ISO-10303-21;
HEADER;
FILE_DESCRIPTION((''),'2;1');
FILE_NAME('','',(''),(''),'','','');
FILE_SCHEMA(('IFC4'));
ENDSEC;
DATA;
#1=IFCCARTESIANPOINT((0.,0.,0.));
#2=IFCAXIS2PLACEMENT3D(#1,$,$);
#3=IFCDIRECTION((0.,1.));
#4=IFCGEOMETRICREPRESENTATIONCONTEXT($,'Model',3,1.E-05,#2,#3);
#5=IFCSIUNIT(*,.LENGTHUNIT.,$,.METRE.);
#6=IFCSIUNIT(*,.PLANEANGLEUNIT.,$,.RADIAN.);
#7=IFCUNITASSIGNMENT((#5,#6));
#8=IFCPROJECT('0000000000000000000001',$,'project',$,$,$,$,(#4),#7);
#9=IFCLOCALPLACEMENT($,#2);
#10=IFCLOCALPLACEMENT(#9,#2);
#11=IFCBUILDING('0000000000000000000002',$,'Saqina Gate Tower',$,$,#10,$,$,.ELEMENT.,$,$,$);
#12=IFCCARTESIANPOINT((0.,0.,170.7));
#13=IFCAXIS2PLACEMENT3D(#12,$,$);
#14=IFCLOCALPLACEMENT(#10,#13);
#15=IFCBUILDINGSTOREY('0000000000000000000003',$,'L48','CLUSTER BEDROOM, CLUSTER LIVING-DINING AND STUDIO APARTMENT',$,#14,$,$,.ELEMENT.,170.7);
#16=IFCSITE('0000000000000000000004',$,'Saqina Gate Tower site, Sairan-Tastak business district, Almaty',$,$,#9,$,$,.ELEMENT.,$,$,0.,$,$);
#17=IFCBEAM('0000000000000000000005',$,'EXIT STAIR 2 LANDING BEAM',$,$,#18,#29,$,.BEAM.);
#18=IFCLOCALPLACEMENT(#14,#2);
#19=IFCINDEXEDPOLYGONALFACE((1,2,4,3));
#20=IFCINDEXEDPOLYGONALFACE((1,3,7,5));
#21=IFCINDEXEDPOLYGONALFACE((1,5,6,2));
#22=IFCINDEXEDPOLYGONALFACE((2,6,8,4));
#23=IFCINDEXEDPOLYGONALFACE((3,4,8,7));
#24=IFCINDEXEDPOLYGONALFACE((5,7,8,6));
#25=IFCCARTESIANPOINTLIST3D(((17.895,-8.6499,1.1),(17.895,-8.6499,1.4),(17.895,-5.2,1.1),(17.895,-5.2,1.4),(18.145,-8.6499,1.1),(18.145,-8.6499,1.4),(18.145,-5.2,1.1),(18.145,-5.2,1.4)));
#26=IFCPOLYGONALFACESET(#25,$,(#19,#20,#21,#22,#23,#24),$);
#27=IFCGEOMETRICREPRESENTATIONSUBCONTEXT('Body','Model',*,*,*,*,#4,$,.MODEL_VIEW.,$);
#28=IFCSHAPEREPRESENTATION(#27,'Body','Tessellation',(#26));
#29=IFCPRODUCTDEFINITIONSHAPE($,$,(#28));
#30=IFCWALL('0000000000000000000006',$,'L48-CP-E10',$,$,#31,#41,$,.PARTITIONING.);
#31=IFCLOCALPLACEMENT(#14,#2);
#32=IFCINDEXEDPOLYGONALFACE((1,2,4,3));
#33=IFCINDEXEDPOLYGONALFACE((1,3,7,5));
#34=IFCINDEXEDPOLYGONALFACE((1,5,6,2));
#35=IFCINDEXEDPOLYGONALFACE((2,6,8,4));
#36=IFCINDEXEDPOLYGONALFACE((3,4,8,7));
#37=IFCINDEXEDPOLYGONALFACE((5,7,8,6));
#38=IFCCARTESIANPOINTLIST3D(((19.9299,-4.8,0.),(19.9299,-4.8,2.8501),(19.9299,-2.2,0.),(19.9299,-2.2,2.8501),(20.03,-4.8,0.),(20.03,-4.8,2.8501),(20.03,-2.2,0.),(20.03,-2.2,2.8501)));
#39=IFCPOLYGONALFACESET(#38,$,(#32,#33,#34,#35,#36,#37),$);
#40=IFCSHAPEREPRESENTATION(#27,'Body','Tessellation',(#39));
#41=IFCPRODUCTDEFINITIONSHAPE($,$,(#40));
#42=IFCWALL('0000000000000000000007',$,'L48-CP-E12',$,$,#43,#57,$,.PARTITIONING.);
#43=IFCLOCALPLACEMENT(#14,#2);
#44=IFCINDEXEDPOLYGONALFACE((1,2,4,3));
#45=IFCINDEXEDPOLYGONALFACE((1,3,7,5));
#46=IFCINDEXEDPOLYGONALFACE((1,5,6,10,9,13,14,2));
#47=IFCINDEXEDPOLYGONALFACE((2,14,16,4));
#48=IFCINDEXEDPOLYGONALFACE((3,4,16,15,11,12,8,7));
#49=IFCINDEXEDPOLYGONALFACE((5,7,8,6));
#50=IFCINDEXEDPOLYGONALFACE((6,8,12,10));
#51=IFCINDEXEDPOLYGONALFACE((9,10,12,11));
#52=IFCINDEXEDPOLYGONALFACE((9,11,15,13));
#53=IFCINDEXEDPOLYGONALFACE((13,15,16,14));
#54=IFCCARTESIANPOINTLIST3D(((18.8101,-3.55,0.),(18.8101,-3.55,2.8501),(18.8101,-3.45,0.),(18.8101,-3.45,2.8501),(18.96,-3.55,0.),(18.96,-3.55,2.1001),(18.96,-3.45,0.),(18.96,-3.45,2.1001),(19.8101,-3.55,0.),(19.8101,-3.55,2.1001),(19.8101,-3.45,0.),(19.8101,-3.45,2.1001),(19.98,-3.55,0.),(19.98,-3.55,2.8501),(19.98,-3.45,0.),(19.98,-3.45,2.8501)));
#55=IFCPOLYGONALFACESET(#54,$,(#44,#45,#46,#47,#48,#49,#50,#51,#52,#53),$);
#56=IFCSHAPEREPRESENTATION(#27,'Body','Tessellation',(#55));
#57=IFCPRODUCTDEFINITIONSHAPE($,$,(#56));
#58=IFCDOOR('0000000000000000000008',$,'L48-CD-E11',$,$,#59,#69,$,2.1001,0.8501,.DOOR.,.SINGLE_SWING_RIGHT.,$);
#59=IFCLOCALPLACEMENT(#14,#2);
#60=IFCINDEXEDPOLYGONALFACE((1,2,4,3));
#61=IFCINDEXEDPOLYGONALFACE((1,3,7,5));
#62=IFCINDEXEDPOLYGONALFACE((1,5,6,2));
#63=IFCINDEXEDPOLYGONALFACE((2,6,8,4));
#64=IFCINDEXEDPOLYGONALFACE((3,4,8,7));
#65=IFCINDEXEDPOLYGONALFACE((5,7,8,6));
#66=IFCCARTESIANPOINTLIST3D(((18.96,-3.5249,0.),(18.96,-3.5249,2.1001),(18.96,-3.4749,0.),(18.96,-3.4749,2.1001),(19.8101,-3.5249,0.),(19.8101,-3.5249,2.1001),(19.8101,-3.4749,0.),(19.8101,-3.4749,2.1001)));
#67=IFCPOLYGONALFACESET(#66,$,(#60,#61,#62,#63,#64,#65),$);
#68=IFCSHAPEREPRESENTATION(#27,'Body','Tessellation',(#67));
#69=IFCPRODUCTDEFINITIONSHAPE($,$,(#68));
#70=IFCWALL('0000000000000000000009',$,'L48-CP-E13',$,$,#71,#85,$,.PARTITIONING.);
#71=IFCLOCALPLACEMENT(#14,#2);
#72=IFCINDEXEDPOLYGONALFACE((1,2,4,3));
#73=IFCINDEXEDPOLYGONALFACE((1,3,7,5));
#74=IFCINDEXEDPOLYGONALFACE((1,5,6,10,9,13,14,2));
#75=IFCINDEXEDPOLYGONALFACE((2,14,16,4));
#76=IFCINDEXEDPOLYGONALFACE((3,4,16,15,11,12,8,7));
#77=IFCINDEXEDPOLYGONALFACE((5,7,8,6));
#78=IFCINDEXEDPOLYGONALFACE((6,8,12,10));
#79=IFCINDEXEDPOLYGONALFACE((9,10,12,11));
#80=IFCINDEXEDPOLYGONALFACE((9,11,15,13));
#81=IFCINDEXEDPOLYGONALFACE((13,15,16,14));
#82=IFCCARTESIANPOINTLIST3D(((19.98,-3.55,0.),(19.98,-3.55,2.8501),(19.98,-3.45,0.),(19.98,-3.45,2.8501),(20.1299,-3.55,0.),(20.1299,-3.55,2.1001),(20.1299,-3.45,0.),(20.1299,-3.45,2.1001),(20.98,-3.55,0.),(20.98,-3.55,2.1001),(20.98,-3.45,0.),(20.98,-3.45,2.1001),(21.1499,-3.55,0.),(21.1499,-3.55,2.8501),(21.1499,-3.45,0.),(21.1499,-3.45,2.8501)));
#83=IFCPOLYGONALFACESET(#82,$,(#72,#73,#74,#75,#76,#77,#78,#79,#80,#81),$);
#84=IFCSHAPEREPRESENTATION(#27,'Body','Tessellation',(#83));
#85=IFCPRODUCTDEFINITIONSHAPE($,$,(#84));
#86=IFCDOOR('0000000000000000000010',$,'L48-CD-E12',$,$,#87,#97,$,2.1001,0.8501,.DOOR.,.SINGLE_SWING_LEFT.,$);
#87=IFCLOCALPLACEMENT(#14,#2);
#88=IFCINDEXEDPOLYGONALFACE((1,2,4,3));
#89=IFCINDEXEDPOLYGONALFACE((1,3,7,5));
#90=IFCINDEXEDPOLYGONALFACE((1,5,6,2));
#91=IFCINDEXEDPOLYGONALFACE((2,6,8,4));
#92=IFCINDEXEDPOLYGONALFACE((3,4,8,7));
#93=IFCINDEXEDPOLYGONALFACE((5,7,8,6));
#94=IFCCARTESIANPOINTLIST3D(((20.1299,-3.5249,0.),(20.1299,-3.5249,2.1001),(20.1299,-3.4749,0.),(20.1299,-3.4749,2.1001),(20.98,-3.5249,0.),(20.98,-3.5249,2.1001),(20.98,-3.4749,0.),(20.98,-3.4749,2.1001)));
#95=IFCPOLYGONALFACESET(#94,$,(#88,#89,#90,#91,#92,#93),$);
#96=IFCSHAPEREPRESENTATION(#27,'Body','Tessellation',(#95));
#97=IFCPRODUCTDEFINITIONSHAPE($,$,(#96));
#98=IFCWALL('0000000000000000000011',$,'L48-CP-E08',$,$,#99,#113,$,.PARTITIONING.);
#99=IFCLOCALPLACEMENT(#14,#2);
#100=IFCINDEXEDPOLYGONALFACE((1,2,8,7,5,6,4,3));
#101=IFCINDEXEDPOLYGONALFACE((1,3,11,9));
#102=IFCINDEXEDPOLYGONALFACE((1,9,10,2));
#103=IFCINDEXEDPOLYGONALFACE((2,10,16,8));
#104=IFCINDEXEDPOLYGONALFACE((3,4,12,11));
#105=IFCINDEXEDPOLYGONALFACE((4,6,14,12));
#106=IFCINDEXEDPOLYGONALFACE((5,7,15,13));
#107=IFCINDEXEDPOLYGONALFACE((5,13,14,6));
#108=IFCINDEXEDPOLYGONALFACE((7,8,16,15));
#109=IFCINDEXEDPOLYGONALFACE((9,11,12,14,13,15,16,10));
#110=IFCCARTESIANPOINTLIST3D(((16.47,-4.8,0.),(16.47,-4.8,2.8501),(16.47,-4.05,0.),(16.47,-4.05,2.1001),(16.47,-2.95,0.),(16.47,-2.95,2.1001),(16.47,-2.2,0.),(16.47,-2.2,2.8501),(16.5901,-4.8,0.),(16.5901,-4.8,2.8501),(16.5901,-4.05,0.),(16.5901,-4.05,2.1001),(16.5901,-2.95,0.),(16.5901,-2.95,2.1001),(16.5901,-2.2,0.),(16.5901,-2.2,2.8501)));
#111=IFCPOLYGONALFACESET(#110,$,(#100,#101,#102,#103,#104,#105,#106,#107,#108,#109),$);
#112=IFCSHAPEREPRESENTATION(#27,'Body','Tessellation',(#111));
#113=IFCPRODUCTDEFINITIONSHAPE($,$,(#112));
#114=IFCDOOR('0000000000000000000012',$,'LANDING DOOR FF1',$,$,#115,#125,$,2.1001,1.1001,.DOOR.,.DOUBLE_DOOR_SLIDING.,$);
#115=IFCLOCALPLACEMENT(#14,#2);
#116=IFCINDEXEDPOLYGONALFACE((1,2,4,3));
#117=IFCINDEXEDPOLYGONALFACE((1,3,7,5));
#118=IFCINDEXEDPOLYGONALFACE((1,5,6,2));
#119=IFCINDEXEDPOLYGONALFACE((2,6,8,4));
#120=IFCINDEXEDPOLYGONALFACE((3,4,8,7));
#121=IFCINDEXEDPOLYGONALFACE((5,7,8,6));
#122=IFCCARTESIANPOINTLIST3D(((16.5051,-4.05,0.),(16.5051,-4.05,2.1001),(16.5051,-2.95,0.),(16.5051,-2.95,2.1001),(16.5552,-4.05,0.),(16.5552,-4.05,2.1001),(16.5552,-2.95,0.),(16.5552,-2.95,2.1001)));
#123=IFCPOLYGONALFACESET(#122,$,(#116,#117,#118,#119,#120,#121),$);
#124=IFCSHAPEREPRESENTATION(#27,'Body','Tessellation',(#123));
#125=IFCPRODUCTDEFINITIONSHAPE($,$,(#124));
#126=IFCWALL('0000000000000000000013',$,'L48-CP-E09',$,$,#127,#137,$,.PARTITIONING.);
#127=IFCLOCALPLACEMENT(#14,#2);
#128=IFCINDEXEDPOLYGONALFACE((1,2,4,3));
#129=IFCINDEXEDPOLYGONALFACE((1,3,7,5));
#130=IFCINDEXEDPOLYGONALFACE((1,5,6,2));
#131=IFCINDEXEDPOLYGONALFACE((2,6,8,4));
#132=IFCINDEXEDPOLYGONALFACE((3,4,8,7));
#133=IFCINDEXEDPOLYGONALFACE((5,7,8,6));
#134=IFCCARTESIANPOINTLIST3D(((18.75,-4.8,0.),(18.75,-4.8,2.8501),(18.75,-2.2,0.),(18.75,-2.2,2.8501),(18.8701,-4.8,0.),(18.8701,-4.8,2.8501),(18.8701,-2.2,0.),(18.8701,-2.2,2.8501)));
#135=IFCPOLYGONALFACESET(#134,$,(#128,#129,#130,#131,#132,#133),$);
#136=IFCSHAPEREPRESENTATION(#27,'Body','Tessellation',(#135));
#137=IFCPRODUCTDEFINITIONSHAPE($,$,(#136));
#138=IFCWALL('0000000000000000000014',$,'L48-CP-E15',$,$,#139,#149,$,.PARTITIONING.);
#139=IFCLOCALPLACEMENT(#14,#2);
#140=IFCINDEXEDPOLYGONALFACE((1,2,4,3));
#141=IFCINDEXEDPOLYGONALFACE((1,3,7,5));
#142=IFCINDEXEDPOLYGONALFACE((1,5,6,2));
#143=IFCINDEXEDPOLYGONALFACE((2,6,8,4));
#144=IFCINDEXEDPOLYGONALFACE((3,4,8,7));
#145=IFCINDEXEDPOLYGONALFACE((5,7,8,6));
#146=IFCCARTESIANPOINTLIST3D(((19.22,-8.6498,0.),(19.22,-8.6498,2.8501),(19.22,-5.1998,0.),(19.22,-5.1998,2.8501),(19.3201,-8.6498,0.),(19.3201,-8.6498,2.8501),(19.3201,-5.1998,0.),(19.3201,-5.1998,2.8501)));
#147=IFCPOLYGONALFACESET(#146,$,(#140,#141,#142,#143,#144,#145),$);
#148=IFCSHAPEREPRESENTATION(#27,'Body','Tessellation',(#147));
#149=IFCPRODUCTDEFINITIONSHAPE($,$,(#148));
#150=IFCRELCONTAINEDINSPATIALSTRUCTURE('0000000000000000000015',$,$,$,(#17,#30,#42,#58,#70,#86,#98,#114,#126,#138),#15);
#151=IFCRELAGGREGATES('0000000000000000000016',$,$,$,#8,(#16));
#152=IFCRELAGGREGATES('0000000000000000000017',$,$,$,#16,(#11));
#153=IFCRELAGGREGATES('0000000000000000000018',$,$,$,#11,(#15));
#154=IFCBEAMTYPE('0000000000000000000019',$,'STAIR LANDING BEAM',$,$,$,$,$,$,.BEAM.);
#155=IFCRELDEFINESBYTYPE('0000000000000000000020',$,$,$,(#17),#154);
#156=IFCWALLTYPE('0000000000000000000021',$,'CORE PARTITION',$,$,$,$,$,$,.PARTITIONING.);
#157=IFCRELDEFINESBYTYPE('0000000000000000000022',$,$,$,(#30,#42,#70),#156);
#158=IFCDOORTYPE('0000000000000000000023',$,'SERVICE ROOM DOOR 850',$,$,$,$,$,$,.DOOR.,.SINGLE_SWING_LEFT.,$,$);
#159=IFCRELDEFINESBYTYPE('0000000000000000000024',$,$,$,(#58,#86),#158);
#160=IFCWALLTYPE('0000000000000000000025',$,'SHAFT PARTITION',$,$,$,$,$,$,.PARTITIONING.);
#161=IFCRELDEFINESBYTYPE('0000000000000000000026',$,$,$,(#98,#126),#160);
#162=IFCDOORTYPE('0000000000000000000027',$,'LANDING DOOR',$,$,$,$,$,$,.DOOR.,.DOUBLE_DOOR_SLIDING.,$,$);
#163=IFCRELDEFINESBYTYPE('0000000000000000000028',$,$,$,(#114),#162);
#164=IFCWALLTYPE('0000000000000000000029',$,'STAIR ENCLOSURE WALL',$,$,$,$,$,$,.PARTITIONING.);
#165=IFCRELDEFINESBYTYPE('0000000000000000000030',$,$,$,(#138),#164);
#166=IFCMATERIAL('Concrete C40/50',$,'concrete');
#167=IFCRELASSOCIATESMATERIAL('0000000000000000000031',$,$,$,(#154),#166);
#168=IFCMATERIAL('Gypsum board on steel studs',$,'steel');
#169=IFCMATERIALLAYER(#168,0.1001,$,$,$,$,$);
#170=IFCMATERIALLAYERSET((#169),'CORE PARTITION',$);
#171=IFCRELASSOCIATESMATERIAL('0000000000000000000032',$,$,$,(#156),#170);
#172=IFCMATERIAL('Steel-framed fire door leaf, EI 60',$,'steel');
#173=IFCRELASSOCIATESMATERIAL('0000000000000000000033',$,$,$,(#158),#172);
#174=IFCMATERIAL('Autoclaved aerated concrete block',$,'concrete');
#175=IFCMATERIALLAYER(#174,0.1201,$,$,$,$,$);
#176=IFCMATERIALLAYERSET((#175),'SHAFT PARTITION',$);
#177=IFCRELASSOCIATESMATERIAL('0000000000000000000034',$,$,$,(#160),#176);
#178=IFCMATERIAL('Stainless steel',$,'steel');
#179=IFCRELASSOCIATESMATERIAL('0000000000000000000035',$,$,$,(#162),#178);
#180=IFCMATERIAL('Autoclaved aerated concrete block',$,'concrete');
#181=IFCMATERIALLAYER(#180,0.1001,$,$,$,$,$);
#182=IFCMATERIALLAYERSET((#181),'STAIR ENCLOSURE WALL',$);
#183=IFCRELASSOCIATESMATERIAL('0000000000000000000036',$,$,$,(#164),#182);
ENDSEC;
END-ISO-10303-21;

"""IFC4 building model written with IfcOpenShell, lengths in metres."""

from ifc_helpers import new_model, si_unit, direction, frame, frame_2d, origin, origin_2d, place, context, subcontext, project, spatial, rectangle, extrude, material, layer, layer_set, material_profile, profile_set, type_object, element, fill, save


model = new_model("IFC4")

# Units and contexts
model_context = context("Model", 3, precision=1e-05, world=origin(), true_north=direction((0.0, 1.0)))
body_context = subcontext(model_context, "Body", "Model", "MODEL_VIEW")
ifc_project = project(units=[si_unit("LENGTHUNIT", "METRE"), si_unit("PLANEANGLEUNIT", "RADIAN")], contexts=[model_context])

# Site, building, storey
site_placement = place(None, origin())
site = spatial("IfcSite", under=ifc_project, at=site_placement, Name="Saqina Gate Tower site, Sairan-Tastak business district, Almaty", CompositionType="ELEMENT", RefElevation=0.0)
building_placement = place(site_placement, origin())
building = spatial("IfcBuilding", under=site, at=building_placement, Name="Saqina Gate Tower", CompositionType="ELEMENT")
storey_placement = place(building_placement, frame((0.0, 0.0, 170.7)))
storey = spatial("IfcBuildingStorey", under=building, at=storey_placement, Name="L48", Description="CLUSTER BEDROOM, CLUSTER LIVING-DINING AND STUDIO APARTMENT", CompositionType="ELEMENT", Elevation=170.7)

# Beam
ifc_material_1 = material(Name="Concrete C40/50", Category="concrete")
ifc_material_profile = material_profile(ifc_material_1, rectangle(XDim=0.25, YDim=0.3, at=origin_2d()), Name="STAIR LANDING BEAM")
ifc_profile_set = profile_set([ifc_material_profile], Name="Concrete C40/50")
beam_type = type_object("IfcBeamType", Name="STAIR LANDING BEAM", PredefinedType="BEAM", material=ifc_profile_set)
beam_placement = place(storey_placement, frame((18.02, -8.6499, 1.25), z_axis=(0.0, 1.0, 0.0), x_axis=(-1.0, 0.0, 0.0)))
element("IfcBeam", 1, at=beam_placement, inside=storey, type_object=beam_type, Name="EXIT STAIR 2 LANDING BEAM", PredefinedType="BEAM", context=body_context, shape_type="SweptSolid", body=[
    extrude(rectangle(XDim=0.25, YDim=0.3, at=origin_2d()), origin(), (0.0, 0.0, 1.0), 3.45),
])

# Wall
ifc_material_2 = material(Name="Gypsum board on steel studs", Category="steel")
ifc_layer_1 = layer(ifc_material_2, 0.1001)
ifc_layer_set_1 = layer_set([ifc_layer_1], Name="CORE PARTITION")
wall_type_1 = type_object("IfcWallType", Name="CORE PARTITION", PredefinedType="PARTITIONING", material=ifc_layer_set_1)
wall_1_placement = place(storey_placement, frame((19.98, -4.8, 0.0), z_axis=(0.0, 0.0, 1.0), x_axis=(0.0, 1.0, 0.0)))
element("IfcWall", 2, at=wall_1_placement, inside=storey, type_object=wall_type_1, Name="L48-CP-E10", PredefinedType="PARTITIONING", context=body_context, shape_type="SweptSolid", body=[
    extrude(rectangle(XDim=2.6001, YDim=0.1001, at=frame_2d((1.3, 0.0))), origin(), (0.0, 0.0, 1.0), 2.8501),
])

# Walls, openings, doors
wall_2_placement = place(storey_placement, frame((18.8101, -3.5, 0.0), z_axis=(0.0, 0.0, 1.0), x_axis=(1.0, 0.0, 0.0)))
wall_2 = element("IfcWall", 3, at=wall_2_placement, inside=storey, type_object=wall_type_1, Name="L48-CP-E12", PredefinedType="PARTITIONING", context=body_context, shape_type="SweptSolid", body=[
    extrude(rectangle(XDim=1.1699, YDim=0.1001, at=frame_2d((0.585, 0.0))), origin(), (0.0, 0.0, 1.0), 2.8501),
])
opening_1_placement = place(wall_2_placement, frame((0.1499, 0.0, 0.0)))
opening_1 = element("IfcOpeningElement", 4, at=opening_1_placement, cuts=wall_2, PredefinedType="OPENING", context=body_context, shape_type="SweptSolid", body=[
    extrude(rectangle(XDim=0.8501, YDim=2.1001, at=frame_2d((0.425, 1.05))), frame((0.0, 0.062, 0.0), z_axis=(0.0, -1.0, 0.0), x_axis=(1.0, 0.0, 0.0)), (0.0, 0.0, 1.0), 0.124),
])
ifc_material_3 = material(Name="Steel-framed fire door leaf, EI 60", Category="steel")
door_type_1 = type_object("IfcDoorType", Name="SERVICE ROOM DOOR 850", OperationType="SINGLE_SWING_LEFT", PredefinedType="DOOR", material=ifc_material_3)
door_1_placement = place(opening_1_placement, frame((0.8501, 0.0, 0.0), z_axis=(0.0, 0.0, 1.0), x_axis=(-1.0, 0.0, 0.0)))
door_1 = element("IfcDoor", 5, at=door_1_placement, inside=storey, type_object=door_type_1, Name="L48-CD-E11", OperationType="SINGLE_SWING_RIGHT", OverallHeight=2.1001, OverallWidth=0.8501, PredefinedType="DOOR", context=body_context, shape_type="SweptSolid", body=[
    extrude(rectangle(XDim=0.8501, YDim=2.1001, at=frame_2d((0.425, 1.05))), frame((0.0, 0.0249, 0.0), z_axis=(0.0, -1.0, 0.0), x_axis=(1.0, 0.0, 0.0)), (0.0, 0.0, 1.0), 0.05),
])
fill(opening_1, door_1)
wall_3_placement = place(storey_placement, frame((19.98, -3.5, 0.0), z_axis=(0.0, 0.0, 1.0), x_axis=(1.0, 0.0, 0.0)))
wall_3 = element("IfcWall", 6, at=wall_3_placement, inside=storey, type_object=wall_type_1, Name="L48-CP-E13", PredefinedType="PARTITIONING", context=body_context, shape_type="SweptSolid", body=[
    extrude(rectangle(XDim=1.1699, YDim=0.1001, at=frame_2d((0.585, 0.0))), origin(), (0.0, 0.0, 1.0), 2.8501),
])
opening_2_placement = place(wall_3_placement, frame((0.1499, 0.0, 0.0)))
opening_2 = element("IfcOpeningElement", 7, at=opening_2_placement, cuts=wall_3, PredefinedType="OPENING", context=body_context, shape_type="SweptSolid", body=[
    extrude(rectangle(XDim=0.8501, YDim=2.1001, at=frame_2d((0.425, 1.05))), frame((0.0, 0.062, 0.0), z_axis=(0.0, -1.0, 0.0), x_axis=(1.0, 0.0, 0.0)), (0.0, 0.0, 1.0), 0.124),
])
door_2_placement = place(opening_2_placement, frame((0.8501, 0.0, 0.0), z_axis=(0.0, 0.0, 1.0), x_axis=(-1.0, 0.0, 0.0)))
door_2 = element("IfcDoor", 8, at=door_2_placement, inside=storey, type_object=door_type_1, Name="L48-CD-E12", OperationType="SINGLE_SWING_LEFT", OverallHeight=2.1001, OverallWidth=0.8501, PredefinedType="DOOR", context=body_context, shape_type="SweptSolid", body=[
    extrude(rectangle(XDim=0.8501, YDim=2.1001, at=frame_2d((0.425, 1.05))), frame((0.0, 0.0249, 0.0), z_axis=(0.0, -1.0, 0.0), x_axis=(1.0, 0.0, 0.0)), (0.0, 0.0, 1.0), 0.05),
])
fill(opening_2, door_2)
ifc_material_4 = material(Name="Autoclaved aerated concrete block", Category="concrete")
ifc_layer_2 = layer(ifc_material_4, 0.1201)
ifc_layer_set_2 = layer_set([ifc_layer_2], Name="SHAFT PARTITION")
wall_type_2 = type_object("IfcWallType", Name="SHAFT PARTITION", PredefinedType="PARTITIONING", material=ifc_layer_set_2)
wall_4_placement = place(storey_placement, frame((16.53, -4.8, 0.0), z_axis=(0.0, 0.0, 1.0), x_axis=(0.0, 1.0, 0.0)))
wall_4 = element("IfcWall", 9, at=wall_4_placement, inside=storey, type_object=wall_type_2, Name="L48-CP-E08", PredefinedType="PARTITIONING", context=body_context, shape_type="SweptSolid", body=[
    extrude(rectangle(XDim=2.6001, YDim=0.1201, at=frame_2d((1.3, 0.0))), origin(), (0.0, 0.0, 1.0), 2.8501),
])
opening_3_placement = place(wall_4_placement, frame((0.75, 0.0, 0.0)))
opening_3 = element("IfcOpeningElement", 10, at=opening_3_placement, cuts=wall_4, PredefinedType="OPENING", context=body_context, shape_type="SweptSolid", body=[
    extrude(rectangle(XDim=1.1001, YDim=2.1001, at=frame_2d((0.55, 1.05))), frame((0.0, 0.072, 0.0), z_axis=(0.0, -1.0, 0.0), x_axis=(1.0, 0.0, 0.0)), (0.0, 0.0, 1.0), 0.144),
])
ifc_material_5 = material(Name="Stainless steel", Category="steel")
door_type_2 = type_object("IfcDoorType", Name="LANDING DOOR", OperationType="DOUBLE_DOOR_SLIDING", PredefinedType="DOOR", material=ifc_material_5)
door_3_placement = place(opening_3_placement, origin())
door_3 = element("IfcDoor", 11, at=door_3_placement, inside=storey, type_object=door_type_2, Name="LANDING DOOR FF1", OperationType="DOUBLE_DOOR_SLIDING", OverallHeight=2.1001, OverallWidth=1.1001, PredefinedType="DOOR", context=body_context, shape_type="SweptSolid", body=[
    extrude(rectangle(XDim=1.1001, YDim=2.1001, at=frame_2d((0.55, 1.05))), frame((0.0, 0.0249, 0.0), z_axis=(0.0, -1.0, 0.0), x_axis=(1.0, 0.0, 0.0)), (0.0, 0.0, 1.0), 0.05),
])
fill(opening_3, door_3)

# Walls
wall_5_placement = place(storey_placement, frame((18.8101, -4.8, 0.0), z_axis=(0.0, 0.0, 1.0), x_axis=(0.0, 1.0, 0.0)))
element("IfcWall", 12, at=wall_5_placement, inside=storey, type_object=wall_type_2, Name="L48-CP-E09", PredefinedType="PARTITIONING", context=body_context, shape_type="SweptSolid", body=[
    extrude(rectangle(XDim=2.6001, YDim=0.1201, at=frame_2d((1.3, 0.0))), origin(), (0.0, 0.0, 1.0), 2.8501),
])
ifc_material_6 = material(Name="Autoclaved aerated concrete block", Category="concrete")
ifc_layer_3 = layer(ifc_material_6, 0.1001)
ifc_layer_set_3 = layer_set([ifc_layer_3], Name="STAIR ENCLOSURE WALL")
wall_type_3 = type_object("IfcWallType", Name="STAIR ENCLOSURE WALL", PredefinedType="PARTITIONING", material=ifc_layer_set_3)
wall_6_placement = place(storey_placement, frame((19.27, -8.6499, 0.0), z_axis=(0.0, 0.0, 1.0), x_axis=(0.0, 1.0, 0.0)))
element("IfcWall", 13, at=wall_6_placement, inside=storey, type_object=wall_type_3, Name="L48-CP-E15", PredefinedType="PARTITIONING", context=body_context, shape_type="SweptSolid", body=[
    extrude(rectangle(XDim=3.45, YDim=0.1001, at=frame_2d((1.7251, 0.0))), origin(), (0.0, 0.0, 1.0), 2.8501),
])

save(model, "model.ifc")
